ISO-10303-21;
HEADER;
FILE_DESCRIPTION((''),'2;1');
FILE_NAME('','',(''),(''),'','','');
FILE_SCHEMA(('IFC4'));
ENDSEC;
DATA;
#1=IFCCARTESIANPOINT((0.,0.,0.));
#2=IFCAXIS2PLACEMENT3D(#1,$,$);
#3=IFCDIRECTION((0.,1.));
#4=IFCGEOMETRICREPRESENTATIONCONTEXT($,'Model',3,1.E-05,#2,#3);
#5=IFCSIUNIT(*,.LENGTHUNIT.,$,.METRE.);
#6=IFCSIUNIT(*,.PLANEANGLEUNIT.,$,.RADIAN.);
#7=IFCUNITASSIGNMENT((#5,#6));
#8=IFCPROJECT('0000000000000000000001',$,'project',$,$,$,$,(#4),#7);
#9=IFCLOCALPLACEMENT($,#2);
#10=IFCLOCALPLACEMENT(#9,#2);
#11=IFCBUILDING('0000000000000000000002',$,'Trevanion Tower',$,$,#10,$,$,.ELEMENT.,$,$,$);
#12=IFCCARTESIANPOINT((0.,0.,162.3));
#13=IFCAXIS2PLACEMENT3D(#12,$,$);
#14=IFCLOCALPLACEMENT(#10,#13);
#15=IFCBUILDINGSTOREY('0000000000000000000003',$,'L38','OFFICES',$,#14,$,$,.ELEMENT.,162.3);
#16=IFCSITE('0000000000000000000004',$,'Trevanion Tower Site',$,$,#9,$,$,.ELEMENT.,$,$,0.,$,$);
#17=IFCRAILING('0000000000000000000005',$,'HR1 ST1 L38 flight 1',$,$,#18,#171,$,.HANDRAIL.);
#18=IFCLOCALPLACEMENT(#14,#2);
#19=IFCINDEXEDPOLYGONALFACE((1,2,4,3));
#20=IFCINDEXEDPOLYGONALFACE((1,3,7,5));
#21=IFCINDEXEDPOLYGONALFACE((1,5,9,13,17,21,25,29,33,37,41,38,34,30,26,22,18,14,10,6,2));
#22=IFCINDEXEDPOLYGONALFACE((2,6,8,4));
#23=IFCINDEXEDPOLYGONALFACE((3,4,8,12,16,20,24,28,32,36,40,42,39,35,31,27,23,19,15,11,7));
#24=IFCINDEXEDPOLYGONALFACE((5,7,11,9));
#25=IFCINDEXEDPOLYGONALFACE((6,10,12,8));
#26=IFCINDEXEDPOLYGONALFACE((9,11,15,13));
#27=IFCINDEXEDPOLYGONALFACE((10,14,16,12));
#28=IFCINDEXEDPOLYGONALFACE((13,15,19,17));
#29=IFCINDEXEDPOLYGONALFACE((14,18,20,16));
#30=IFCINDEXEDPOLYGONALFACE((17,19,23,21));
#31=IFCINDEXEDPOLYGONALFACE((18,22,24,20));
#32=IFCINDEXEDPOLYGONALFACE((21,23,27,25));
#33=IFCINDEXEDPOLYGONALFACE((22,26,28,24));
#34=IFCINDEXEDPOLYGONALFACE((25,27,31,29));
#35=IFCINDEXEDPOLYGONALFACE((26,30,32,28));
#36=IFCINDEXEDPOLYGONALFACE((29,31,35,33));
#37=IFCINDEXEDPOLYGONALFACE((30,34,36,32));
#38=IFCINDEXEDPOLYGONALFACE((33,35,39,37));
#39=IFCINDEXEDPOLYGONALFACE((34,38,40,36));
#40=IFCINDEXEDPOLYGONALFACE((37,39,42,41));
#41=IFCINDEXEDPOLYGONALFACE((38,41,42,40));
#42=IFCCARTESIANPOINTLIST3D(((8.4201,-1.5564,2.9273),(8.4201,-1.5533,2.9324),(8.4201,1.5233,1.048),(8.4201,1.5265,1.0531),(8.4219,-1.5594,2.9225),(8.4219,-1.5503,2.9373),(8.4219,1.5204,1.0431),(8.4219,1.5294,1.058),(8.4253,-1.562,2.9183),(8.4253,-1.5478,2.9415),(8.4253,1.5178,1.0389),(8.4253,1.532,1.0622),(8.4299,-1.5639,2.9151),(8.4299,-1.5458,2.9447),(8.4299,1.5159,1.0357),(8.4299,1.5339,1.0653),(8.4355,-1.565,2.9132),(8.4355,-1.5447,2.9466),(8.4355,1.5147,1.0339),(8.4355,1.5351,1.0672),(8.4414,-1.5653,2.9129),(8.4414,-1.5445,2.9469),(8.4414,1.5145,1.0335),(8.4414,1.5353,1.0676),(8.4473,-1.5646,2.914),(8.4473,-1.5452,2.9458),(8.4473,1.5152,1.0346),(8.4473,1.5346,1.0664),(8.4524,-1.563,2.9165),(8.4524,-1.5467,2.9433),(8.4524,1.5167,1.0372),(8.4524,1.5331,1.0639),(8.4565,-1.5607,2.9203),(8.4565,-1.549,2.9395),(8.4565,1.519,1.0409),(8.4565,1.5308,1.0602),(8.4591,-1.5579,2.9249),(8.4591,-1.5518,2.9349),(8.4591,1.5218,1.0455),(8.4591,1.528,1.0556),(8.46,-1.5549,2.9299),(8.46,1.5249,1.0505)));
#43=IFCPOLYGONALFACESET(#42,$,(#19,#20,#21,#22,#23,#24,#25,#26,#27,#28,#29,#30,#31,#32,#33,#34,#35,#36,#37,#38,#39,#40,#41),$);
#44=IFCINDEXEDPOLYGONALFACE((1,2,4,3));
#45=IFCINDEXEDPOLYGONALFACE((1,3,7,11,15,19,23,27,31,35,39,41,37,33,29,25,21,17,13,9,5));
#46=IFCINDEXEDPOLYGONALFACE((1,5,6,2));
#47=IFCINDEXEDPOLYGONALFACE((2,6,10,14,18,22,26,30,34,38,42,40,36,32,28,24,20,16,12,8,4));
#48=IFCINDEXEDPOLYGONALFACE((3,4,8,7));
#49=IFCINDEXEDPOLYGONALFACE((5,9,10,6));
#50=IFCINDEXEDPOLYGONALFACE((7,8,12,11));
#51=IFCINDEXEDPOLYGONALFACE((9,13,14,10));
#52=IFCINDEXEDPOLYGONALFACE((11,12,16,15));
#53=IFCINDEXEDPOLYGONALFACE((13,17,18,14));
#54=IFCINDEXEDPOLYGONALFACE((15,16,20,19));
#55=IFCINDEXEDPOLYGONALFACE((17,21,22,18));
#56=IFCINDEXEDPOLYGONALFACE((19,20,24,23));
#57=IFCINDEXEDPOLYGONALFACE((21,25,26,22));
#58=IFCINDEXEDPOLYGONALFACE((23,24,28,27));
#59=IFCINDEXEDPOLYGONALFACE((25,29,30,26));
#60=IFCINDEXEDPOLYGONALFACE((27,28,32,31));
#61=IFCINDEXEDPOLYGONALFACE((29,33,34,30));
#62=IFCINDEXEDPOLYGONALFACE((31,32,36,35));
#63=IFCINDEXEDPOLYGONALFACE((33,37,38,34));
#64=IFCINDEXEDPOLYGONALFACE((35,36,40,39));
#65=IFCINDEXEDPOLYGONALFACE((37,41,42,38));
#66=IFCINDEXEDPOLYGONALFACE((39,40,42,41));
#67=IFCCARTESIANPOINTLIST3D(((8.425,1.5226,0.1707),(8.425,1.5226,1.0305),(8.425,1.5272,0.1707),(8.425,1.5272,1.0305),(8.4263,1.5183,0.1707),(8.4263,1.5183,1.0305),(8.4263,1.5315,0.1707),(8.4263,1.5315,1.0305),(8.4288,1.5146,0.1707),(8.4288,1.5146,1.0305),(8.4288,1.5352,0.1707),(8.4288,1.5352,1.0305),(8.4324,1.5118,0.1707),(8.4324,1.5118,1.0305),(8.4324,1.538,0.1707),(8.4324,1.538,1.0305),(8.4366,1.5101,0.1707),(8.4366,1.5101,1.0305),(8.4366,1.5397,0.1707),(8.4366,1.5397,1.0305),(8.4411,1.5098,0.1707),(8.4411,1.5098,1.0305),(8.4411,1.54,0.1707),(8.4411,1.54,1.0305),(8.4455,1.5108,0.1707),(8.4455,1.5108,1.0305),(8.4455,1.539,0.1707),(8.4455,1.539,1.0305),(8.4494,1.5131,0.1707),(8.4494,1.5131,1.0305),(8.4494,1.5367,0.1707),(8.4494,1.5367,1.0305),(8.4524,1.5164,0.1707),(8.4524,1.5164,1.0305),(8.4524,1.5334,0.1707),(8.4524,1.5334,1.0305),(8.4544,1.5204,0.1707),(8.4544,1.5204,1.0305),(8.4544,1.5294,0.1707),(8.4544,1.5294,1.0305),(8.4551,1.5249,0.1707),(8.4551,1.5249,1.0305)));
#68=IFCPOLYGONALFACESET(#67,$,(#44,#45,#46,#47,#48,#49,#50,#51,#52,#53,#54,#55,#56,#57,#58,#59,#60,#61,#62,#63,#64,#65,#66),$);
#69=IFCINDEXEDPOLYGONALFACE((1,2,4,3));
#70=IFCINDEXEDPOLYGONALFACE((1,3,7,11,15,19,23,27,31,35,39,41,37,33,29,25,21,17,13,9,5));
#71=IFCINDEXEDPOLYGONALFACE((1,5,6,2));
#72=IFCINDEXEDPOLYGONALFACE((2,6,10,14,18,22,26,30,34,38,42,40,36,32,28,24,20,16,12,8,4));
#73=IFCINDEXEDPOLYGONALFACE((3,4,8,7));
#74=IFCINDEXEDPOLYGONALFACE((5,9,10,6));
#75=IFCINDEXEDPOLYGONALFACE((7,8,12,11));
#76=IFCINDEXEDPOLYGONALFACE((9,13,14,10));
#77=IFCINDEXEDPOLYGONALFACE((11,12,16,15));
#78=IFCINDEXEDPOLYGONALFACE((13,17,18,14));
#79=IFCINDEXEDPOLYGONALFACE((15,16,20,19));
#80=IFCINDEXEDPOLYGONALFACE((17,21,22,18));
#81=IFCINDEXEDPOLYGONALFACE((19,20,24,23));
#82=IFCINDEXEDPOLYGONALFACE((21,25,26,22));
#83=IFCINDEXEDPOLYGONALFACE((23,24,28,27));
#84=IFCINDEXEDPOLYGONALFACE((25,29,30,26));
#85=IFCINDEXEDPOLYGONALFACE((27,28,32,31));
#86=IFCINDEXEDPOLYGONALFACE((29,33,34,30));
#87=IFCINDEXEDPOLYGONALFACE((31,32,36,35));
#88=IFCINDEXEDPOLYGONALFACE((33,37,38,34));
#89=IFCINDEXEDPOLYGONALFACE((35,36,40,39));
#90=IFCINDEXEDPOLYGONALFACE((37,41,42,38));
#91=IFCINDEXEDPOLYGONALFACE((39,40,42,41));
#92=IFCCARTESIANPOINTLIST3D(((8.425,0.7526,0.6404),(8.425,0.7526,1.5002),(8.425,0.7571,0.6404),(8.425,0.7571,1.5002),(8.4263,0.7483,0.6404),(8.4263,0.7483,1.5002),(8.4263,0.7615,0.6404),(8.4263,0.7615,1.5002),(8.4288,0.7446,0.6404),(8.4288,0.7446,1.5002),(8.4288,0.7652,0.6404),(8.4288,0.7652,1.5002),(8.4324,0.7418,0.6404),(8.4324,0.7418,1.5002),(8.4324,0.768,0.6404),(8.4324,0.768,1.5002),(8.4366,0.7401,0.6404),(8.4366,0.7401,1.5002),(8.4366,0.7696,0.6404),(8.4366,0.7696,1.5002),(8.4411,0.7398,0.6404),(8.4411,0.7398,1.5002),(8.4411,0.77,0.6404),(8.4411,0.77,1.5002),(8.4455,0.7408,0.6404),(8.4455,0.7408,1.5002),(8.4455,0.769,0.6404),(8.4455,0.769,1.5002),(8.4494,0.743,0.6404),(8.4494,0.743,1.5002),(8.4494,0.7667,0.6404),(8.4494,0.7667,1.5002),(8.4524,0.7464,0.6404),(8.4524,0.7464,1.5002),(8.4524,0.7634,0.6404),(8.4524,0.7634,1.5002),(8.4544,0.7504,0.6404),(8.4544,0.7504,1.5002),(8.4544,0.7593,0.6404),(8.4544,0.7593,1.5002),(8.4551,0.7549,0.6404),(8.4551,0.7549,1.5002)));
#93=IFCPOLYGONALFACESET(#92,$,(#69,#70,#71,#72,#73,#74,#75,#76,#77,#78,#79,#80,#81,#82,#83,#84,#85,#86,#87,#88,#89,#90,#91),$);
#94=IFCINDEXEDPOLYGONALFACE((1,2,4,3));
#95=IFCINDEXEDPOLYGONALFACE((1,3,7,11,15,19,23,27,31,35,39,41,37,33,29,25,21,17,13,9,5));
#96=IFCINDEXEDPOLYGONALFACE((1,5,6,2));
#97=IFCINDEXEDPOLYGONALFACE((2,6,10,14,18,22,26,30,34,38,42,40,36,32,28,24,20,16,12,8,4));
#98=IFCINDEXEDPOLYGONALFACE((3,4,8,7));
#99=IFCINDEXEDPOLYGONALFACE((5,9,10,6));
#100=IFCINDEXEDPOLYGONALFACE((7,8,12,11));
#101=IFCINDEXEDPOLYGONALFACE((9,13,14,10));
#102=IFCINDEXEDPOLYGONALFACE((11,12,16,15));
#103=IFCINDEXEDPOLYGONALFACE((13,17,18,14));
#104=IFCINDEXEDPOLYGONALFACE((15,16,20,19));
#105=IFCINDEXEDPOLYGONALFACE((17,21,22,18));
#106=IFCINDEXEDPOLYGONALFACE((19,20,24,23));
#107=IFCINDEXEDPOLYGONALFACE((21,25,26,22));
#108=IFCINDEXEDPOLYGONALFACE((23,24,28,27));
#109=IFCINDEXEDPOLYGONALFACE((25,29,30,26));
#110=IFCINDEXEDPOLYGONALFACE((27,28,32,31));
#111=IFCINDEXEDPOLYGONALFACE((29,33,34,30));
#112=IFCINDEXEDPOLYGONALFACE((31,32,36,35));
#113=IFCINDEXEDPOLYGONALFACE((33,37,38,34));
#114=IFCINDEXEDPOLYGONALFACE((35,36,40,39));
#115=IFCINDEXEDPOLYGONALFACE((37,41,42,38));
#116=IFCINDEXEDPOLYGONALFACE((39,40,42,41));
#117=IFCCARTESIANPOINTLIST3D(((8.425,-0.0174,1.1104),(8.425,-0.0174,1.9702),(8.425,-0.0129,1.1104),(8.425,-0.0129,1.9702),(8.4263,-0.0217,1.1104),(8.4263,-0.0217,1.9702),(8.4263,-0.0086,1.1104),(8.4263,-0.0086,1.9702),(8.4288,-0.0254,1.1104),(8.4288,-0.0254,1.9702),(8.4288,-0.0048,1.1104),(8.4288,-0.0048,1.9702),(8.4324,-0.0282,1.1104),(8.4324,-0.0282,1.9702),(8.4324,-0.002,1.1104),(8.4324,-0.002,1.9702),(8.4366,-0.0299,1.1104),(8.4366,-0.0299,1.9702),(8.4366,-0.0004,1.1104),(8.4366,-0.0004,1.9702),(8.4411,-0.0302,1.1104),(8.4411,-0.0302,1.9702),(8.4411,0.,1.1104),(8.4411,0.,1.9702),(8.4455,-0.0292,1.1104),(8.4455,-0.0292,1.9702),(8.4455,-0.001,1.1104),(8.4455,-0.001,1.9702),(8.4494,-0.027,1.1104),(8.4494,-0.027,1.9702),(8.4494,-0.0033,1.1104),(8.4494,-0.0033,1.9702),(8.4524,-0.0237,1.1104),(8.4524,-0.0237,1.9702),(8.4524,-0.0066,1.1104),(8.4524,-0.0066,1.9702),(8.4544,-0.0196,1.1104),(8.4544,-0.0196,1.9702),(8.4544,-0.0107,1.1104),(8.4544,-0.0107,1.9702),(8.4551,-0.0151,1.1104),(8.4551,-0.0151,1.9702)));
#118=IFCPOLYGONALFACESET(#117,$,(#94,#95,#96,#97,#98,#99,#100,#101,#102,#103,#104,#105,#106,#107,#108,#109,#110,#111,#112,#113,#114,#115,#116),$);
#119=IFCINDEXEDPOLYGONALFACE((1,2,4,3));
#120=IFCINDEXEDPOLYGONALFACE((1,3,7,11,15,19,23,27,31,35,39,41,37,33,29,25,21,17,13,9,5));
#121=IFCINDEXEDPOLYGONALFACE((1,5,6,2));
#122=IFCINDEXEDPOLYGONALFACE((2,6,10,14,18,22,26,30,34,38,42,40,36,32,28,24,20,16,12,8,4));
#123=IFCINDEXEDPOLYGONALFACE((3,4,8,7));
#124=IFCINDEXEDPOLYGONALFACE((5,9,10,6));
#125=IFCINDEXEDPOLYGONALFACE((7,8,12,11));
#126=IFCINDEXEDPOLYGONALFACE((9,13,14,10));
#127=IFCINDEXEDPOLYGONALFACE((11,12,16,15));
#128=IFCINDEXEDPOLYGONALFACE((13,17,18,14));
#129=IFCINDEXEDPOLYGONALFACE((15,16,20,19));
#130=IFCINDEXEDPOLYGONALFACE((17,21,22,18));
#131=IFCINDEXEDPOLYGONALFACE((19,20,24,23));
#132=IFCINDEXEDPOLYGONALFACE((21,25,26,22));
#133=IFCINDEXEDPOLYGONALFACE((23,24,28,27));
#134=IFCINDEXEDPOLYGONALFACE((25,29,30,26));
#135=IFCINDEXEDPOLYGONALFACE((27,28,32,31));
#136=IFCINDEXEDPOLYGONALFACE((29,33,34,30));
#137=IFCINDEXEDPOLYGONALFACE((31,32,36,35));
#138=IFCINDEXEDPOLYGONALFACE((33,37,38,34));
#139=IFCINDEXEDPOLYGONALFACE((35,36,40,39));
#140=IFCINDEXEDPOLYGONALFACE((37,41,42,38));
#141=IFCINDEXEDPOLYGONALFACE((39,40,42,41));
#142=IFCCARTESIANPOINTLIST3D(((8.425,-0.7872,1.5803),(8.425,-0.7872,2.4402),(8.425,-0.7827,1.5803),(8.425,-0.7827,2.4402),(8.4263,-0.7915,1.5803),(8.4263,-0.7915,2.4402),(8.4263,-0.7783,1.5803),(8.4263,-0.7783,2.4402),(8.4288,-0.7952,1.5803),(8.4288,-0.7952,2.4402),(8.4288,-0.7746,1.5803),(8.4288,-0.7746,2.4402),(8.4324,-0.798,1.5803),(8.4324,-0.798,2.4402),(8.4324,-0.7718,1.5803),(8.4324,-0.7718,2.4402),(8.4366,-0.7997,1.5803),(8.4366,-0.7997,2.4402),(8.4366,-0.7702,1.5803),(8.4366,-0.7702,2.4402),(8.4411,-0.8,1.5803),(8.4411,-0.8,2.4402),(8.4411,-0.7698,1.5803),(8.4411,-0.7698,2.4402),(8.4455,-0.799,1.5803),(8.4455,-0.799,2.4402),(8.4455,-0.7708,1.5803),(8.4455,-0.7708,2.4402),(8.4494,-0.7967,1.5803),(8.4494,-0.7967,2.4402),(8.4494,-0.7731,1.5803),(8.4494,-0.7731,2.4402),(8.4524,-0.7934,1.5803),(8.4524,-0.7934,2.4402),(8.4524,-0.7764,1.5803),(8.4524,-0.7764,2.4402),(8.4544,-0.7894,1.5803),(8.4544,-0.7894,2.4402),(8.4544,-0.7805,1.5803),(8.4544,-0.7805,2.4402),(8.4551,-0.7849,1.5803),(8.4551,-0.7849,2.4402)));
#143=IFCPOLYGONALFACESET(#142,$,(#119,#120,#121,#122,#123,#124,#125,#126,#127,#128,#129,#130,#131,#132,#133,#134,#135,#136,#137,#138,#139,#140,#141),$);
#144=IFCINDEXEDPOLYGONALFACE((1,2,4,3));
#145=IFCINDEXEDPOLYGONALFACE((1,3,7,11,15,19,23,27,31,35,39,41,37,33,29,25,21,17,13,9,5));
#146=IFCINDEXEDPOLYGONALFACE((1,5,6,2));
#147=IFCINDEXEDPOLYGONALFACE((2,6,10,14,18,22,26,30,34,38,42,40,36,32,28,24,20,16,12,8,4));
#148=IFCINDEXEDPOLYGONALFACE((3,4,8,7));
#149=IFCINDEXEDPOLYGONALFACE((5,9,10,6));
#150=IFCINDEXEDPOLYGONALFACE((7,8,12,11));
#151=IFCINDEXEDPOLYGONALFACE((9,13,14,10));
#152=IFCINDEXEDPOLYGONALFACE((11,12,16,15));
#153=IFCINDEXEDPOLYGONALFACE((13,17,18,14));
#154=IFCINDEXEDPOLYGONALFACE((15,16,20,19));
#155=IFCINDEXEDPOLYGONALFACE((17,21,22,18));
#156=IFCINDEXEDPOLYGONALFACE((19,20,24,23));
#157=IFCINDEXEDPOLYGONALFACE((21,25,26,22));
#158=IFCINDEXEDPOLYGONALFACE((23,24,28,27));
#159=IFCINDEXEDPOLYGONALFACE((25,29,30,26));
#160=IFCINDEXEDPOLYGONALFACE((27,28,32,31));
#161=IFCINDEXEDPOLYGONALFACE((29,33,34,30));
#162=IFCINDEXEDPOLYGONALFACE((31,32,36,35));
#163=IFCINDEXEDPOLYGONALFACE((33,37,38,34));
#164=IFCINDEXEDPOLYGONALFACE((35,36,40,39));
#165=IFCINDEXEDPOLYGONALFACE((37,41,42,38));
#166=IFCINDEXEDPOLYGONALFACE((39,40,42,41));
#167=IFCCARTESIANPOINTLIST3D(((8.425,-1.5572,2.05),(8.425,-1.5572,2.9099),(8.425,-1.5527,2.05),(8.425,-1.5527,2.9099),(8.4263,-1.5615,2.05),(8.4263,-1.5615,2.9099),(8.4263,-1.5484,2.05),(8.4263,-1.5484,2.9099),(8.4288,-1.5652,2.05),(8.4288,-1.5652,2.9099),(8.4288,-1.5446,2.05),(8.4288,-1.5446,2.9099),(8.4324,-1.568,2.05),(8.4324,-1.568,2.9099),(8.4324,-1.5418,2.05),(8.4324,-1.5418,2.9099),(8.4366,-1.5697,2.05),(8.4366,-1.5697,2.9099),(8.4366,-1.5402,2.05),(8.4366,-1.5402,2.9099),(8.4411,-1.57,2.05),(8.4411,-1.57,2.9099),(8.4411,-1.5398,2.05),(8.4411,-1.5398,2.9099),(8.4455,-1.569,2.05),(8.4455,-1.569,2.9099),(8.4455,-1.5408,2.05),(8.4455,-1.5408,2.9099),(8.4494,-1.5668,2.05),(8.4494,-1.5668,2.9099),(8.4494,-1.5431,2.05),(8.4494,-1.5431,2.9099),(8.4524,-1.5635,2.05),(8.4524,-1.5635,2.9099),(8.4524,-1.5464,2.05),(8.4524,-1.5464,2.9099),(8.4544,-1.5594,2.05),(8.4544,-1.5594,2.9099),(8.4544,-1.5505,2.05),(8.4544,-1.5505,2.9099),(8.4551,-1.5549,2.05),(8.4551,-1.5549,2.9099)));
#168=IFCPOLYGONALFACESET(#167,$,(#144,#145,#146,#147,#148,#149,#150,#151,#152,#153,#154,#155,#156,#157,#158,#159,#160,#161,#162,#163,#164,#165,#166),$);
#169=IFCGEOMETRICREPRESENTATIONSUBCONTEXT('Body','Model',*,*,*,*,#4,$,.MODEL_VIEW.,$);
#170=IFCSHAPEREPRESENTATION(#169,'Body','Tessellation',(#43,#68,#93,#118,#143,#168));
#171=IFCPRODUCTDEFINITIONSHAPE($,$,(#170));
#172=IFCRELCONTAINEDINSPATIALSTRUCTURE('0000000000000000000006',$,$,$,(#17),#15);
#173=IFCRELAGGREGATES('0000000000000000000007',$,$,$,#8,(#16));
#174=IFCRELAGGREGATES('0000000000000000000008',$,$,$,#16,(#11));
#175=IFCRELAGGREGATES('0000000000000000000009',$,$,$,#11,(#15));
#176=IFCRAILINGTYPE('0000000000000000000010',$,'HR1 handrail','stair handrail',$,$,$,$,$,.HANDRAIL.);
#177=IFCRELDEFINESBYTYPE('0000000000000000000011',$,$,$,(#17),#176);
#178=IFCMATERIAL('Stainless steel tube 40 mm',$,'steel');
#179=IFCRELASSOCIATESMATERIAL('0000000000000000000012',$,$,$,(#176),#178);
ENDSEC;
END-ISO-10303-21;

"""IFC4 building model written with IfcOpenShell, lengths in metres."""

from ifc_helpers import new_model, si_unit, direction, frame, origin, origin_2d, place, context, subcontext, project, spatial, circle, extrude, material, type_object, element, save


model = new_model("IFC4")

# Units and contexts
model_context = context("Model", 3, precision=1e-05, world=origin(), true_north=direction((0.0, 1.0)))
body_context = subcontext(model_context, "Body", "Model", "MODEL_VIEW")
ifc_project = project(units=[si_unit("LENGTHUNIT", "METRE"), si_unit("PLANEANGLEUNIT", "RADIAN")], contexts=[model_context])

# Site, building, storey
site_placement = place(None, origin())
site = spatial("IfcSite", under=ifc_project, at=site_placement, Name="Trevanion Tower Site", CompositionType="ELEMENT", RefElevation=0.0)
building_placement = place(site_placement, origin())
building = spatial("IfcBuilding", under=site, at=building_placement, Name="Trevanion Tower", CompositionType="ELEMENT")
storey_placement = place(building_placement, frame((0.0, 0.0, 162.3)))
storey = spatial("IfcBuildingStorey", under=building, at=storey_placement, Name="L38", Description="OFFICES", CompositionType="ELEMENT", Elevation=162.3)

# Railing
ifc_material_1 = material(Name="Stainless steel tube 40 mm", Category="steel")
railing_type = type_object("IfcRailingType", Name="HR1 handrail", Description="stair handrail", PredefinedType="HANDRAIL", material=ifc_material_1)
for number, where, name in (
    (1, (8.4399, 1.5249, 0.1707), "HR1 ST1 L38 flight 1"),
):
    element("IfcRailing", number, at=place(storey_placement, frame(where)), inside=storey, type_object=railing_type, Name=name, PredefinedType="HANDRAIL", context=body_context, shape_type="SweptSolid", body=[
        extrude(circle(Radius=0.02, at=origin_2d()), frame((0.0, 0.0, 0.8799), z_axis=(0.0, -0.853618, 0.5209), x_axis=(1.0, 0.0, 0.0)), (0.0, 0.0, 1.0), 3.6079),
        extrude(circle(Radius=0.0151, at=origin_2d()), origin(), (0.0, 0.0, 1.0), 0.8599),
        extrude(circle(Radius=0.0151, at=origin_2d()), frame((0.0, -0.77, 0.4697)), (0.0, 0.0, 1.0), 0.8599),
        extrude(circle(Radius=0.0151, at=origin_2d()), frame((0.0, -1.54, 0.9397)), (0.0, 0.0, 1.0), 0.8599),
        extrude(circle(Radius=0.0151, at=origin_2d()), frame((0.0, -2.3098, 1.4097)), (0.0, 0.0, 1.0), 0.8599),
        extrude(circle(Radius=0.0151, at=origin_2d()), frame((0.0, -3.0798, 1.8794)), (0.0, 0.0, 1.0), 0.8599),
    ])

save(model, "model.ifc")
